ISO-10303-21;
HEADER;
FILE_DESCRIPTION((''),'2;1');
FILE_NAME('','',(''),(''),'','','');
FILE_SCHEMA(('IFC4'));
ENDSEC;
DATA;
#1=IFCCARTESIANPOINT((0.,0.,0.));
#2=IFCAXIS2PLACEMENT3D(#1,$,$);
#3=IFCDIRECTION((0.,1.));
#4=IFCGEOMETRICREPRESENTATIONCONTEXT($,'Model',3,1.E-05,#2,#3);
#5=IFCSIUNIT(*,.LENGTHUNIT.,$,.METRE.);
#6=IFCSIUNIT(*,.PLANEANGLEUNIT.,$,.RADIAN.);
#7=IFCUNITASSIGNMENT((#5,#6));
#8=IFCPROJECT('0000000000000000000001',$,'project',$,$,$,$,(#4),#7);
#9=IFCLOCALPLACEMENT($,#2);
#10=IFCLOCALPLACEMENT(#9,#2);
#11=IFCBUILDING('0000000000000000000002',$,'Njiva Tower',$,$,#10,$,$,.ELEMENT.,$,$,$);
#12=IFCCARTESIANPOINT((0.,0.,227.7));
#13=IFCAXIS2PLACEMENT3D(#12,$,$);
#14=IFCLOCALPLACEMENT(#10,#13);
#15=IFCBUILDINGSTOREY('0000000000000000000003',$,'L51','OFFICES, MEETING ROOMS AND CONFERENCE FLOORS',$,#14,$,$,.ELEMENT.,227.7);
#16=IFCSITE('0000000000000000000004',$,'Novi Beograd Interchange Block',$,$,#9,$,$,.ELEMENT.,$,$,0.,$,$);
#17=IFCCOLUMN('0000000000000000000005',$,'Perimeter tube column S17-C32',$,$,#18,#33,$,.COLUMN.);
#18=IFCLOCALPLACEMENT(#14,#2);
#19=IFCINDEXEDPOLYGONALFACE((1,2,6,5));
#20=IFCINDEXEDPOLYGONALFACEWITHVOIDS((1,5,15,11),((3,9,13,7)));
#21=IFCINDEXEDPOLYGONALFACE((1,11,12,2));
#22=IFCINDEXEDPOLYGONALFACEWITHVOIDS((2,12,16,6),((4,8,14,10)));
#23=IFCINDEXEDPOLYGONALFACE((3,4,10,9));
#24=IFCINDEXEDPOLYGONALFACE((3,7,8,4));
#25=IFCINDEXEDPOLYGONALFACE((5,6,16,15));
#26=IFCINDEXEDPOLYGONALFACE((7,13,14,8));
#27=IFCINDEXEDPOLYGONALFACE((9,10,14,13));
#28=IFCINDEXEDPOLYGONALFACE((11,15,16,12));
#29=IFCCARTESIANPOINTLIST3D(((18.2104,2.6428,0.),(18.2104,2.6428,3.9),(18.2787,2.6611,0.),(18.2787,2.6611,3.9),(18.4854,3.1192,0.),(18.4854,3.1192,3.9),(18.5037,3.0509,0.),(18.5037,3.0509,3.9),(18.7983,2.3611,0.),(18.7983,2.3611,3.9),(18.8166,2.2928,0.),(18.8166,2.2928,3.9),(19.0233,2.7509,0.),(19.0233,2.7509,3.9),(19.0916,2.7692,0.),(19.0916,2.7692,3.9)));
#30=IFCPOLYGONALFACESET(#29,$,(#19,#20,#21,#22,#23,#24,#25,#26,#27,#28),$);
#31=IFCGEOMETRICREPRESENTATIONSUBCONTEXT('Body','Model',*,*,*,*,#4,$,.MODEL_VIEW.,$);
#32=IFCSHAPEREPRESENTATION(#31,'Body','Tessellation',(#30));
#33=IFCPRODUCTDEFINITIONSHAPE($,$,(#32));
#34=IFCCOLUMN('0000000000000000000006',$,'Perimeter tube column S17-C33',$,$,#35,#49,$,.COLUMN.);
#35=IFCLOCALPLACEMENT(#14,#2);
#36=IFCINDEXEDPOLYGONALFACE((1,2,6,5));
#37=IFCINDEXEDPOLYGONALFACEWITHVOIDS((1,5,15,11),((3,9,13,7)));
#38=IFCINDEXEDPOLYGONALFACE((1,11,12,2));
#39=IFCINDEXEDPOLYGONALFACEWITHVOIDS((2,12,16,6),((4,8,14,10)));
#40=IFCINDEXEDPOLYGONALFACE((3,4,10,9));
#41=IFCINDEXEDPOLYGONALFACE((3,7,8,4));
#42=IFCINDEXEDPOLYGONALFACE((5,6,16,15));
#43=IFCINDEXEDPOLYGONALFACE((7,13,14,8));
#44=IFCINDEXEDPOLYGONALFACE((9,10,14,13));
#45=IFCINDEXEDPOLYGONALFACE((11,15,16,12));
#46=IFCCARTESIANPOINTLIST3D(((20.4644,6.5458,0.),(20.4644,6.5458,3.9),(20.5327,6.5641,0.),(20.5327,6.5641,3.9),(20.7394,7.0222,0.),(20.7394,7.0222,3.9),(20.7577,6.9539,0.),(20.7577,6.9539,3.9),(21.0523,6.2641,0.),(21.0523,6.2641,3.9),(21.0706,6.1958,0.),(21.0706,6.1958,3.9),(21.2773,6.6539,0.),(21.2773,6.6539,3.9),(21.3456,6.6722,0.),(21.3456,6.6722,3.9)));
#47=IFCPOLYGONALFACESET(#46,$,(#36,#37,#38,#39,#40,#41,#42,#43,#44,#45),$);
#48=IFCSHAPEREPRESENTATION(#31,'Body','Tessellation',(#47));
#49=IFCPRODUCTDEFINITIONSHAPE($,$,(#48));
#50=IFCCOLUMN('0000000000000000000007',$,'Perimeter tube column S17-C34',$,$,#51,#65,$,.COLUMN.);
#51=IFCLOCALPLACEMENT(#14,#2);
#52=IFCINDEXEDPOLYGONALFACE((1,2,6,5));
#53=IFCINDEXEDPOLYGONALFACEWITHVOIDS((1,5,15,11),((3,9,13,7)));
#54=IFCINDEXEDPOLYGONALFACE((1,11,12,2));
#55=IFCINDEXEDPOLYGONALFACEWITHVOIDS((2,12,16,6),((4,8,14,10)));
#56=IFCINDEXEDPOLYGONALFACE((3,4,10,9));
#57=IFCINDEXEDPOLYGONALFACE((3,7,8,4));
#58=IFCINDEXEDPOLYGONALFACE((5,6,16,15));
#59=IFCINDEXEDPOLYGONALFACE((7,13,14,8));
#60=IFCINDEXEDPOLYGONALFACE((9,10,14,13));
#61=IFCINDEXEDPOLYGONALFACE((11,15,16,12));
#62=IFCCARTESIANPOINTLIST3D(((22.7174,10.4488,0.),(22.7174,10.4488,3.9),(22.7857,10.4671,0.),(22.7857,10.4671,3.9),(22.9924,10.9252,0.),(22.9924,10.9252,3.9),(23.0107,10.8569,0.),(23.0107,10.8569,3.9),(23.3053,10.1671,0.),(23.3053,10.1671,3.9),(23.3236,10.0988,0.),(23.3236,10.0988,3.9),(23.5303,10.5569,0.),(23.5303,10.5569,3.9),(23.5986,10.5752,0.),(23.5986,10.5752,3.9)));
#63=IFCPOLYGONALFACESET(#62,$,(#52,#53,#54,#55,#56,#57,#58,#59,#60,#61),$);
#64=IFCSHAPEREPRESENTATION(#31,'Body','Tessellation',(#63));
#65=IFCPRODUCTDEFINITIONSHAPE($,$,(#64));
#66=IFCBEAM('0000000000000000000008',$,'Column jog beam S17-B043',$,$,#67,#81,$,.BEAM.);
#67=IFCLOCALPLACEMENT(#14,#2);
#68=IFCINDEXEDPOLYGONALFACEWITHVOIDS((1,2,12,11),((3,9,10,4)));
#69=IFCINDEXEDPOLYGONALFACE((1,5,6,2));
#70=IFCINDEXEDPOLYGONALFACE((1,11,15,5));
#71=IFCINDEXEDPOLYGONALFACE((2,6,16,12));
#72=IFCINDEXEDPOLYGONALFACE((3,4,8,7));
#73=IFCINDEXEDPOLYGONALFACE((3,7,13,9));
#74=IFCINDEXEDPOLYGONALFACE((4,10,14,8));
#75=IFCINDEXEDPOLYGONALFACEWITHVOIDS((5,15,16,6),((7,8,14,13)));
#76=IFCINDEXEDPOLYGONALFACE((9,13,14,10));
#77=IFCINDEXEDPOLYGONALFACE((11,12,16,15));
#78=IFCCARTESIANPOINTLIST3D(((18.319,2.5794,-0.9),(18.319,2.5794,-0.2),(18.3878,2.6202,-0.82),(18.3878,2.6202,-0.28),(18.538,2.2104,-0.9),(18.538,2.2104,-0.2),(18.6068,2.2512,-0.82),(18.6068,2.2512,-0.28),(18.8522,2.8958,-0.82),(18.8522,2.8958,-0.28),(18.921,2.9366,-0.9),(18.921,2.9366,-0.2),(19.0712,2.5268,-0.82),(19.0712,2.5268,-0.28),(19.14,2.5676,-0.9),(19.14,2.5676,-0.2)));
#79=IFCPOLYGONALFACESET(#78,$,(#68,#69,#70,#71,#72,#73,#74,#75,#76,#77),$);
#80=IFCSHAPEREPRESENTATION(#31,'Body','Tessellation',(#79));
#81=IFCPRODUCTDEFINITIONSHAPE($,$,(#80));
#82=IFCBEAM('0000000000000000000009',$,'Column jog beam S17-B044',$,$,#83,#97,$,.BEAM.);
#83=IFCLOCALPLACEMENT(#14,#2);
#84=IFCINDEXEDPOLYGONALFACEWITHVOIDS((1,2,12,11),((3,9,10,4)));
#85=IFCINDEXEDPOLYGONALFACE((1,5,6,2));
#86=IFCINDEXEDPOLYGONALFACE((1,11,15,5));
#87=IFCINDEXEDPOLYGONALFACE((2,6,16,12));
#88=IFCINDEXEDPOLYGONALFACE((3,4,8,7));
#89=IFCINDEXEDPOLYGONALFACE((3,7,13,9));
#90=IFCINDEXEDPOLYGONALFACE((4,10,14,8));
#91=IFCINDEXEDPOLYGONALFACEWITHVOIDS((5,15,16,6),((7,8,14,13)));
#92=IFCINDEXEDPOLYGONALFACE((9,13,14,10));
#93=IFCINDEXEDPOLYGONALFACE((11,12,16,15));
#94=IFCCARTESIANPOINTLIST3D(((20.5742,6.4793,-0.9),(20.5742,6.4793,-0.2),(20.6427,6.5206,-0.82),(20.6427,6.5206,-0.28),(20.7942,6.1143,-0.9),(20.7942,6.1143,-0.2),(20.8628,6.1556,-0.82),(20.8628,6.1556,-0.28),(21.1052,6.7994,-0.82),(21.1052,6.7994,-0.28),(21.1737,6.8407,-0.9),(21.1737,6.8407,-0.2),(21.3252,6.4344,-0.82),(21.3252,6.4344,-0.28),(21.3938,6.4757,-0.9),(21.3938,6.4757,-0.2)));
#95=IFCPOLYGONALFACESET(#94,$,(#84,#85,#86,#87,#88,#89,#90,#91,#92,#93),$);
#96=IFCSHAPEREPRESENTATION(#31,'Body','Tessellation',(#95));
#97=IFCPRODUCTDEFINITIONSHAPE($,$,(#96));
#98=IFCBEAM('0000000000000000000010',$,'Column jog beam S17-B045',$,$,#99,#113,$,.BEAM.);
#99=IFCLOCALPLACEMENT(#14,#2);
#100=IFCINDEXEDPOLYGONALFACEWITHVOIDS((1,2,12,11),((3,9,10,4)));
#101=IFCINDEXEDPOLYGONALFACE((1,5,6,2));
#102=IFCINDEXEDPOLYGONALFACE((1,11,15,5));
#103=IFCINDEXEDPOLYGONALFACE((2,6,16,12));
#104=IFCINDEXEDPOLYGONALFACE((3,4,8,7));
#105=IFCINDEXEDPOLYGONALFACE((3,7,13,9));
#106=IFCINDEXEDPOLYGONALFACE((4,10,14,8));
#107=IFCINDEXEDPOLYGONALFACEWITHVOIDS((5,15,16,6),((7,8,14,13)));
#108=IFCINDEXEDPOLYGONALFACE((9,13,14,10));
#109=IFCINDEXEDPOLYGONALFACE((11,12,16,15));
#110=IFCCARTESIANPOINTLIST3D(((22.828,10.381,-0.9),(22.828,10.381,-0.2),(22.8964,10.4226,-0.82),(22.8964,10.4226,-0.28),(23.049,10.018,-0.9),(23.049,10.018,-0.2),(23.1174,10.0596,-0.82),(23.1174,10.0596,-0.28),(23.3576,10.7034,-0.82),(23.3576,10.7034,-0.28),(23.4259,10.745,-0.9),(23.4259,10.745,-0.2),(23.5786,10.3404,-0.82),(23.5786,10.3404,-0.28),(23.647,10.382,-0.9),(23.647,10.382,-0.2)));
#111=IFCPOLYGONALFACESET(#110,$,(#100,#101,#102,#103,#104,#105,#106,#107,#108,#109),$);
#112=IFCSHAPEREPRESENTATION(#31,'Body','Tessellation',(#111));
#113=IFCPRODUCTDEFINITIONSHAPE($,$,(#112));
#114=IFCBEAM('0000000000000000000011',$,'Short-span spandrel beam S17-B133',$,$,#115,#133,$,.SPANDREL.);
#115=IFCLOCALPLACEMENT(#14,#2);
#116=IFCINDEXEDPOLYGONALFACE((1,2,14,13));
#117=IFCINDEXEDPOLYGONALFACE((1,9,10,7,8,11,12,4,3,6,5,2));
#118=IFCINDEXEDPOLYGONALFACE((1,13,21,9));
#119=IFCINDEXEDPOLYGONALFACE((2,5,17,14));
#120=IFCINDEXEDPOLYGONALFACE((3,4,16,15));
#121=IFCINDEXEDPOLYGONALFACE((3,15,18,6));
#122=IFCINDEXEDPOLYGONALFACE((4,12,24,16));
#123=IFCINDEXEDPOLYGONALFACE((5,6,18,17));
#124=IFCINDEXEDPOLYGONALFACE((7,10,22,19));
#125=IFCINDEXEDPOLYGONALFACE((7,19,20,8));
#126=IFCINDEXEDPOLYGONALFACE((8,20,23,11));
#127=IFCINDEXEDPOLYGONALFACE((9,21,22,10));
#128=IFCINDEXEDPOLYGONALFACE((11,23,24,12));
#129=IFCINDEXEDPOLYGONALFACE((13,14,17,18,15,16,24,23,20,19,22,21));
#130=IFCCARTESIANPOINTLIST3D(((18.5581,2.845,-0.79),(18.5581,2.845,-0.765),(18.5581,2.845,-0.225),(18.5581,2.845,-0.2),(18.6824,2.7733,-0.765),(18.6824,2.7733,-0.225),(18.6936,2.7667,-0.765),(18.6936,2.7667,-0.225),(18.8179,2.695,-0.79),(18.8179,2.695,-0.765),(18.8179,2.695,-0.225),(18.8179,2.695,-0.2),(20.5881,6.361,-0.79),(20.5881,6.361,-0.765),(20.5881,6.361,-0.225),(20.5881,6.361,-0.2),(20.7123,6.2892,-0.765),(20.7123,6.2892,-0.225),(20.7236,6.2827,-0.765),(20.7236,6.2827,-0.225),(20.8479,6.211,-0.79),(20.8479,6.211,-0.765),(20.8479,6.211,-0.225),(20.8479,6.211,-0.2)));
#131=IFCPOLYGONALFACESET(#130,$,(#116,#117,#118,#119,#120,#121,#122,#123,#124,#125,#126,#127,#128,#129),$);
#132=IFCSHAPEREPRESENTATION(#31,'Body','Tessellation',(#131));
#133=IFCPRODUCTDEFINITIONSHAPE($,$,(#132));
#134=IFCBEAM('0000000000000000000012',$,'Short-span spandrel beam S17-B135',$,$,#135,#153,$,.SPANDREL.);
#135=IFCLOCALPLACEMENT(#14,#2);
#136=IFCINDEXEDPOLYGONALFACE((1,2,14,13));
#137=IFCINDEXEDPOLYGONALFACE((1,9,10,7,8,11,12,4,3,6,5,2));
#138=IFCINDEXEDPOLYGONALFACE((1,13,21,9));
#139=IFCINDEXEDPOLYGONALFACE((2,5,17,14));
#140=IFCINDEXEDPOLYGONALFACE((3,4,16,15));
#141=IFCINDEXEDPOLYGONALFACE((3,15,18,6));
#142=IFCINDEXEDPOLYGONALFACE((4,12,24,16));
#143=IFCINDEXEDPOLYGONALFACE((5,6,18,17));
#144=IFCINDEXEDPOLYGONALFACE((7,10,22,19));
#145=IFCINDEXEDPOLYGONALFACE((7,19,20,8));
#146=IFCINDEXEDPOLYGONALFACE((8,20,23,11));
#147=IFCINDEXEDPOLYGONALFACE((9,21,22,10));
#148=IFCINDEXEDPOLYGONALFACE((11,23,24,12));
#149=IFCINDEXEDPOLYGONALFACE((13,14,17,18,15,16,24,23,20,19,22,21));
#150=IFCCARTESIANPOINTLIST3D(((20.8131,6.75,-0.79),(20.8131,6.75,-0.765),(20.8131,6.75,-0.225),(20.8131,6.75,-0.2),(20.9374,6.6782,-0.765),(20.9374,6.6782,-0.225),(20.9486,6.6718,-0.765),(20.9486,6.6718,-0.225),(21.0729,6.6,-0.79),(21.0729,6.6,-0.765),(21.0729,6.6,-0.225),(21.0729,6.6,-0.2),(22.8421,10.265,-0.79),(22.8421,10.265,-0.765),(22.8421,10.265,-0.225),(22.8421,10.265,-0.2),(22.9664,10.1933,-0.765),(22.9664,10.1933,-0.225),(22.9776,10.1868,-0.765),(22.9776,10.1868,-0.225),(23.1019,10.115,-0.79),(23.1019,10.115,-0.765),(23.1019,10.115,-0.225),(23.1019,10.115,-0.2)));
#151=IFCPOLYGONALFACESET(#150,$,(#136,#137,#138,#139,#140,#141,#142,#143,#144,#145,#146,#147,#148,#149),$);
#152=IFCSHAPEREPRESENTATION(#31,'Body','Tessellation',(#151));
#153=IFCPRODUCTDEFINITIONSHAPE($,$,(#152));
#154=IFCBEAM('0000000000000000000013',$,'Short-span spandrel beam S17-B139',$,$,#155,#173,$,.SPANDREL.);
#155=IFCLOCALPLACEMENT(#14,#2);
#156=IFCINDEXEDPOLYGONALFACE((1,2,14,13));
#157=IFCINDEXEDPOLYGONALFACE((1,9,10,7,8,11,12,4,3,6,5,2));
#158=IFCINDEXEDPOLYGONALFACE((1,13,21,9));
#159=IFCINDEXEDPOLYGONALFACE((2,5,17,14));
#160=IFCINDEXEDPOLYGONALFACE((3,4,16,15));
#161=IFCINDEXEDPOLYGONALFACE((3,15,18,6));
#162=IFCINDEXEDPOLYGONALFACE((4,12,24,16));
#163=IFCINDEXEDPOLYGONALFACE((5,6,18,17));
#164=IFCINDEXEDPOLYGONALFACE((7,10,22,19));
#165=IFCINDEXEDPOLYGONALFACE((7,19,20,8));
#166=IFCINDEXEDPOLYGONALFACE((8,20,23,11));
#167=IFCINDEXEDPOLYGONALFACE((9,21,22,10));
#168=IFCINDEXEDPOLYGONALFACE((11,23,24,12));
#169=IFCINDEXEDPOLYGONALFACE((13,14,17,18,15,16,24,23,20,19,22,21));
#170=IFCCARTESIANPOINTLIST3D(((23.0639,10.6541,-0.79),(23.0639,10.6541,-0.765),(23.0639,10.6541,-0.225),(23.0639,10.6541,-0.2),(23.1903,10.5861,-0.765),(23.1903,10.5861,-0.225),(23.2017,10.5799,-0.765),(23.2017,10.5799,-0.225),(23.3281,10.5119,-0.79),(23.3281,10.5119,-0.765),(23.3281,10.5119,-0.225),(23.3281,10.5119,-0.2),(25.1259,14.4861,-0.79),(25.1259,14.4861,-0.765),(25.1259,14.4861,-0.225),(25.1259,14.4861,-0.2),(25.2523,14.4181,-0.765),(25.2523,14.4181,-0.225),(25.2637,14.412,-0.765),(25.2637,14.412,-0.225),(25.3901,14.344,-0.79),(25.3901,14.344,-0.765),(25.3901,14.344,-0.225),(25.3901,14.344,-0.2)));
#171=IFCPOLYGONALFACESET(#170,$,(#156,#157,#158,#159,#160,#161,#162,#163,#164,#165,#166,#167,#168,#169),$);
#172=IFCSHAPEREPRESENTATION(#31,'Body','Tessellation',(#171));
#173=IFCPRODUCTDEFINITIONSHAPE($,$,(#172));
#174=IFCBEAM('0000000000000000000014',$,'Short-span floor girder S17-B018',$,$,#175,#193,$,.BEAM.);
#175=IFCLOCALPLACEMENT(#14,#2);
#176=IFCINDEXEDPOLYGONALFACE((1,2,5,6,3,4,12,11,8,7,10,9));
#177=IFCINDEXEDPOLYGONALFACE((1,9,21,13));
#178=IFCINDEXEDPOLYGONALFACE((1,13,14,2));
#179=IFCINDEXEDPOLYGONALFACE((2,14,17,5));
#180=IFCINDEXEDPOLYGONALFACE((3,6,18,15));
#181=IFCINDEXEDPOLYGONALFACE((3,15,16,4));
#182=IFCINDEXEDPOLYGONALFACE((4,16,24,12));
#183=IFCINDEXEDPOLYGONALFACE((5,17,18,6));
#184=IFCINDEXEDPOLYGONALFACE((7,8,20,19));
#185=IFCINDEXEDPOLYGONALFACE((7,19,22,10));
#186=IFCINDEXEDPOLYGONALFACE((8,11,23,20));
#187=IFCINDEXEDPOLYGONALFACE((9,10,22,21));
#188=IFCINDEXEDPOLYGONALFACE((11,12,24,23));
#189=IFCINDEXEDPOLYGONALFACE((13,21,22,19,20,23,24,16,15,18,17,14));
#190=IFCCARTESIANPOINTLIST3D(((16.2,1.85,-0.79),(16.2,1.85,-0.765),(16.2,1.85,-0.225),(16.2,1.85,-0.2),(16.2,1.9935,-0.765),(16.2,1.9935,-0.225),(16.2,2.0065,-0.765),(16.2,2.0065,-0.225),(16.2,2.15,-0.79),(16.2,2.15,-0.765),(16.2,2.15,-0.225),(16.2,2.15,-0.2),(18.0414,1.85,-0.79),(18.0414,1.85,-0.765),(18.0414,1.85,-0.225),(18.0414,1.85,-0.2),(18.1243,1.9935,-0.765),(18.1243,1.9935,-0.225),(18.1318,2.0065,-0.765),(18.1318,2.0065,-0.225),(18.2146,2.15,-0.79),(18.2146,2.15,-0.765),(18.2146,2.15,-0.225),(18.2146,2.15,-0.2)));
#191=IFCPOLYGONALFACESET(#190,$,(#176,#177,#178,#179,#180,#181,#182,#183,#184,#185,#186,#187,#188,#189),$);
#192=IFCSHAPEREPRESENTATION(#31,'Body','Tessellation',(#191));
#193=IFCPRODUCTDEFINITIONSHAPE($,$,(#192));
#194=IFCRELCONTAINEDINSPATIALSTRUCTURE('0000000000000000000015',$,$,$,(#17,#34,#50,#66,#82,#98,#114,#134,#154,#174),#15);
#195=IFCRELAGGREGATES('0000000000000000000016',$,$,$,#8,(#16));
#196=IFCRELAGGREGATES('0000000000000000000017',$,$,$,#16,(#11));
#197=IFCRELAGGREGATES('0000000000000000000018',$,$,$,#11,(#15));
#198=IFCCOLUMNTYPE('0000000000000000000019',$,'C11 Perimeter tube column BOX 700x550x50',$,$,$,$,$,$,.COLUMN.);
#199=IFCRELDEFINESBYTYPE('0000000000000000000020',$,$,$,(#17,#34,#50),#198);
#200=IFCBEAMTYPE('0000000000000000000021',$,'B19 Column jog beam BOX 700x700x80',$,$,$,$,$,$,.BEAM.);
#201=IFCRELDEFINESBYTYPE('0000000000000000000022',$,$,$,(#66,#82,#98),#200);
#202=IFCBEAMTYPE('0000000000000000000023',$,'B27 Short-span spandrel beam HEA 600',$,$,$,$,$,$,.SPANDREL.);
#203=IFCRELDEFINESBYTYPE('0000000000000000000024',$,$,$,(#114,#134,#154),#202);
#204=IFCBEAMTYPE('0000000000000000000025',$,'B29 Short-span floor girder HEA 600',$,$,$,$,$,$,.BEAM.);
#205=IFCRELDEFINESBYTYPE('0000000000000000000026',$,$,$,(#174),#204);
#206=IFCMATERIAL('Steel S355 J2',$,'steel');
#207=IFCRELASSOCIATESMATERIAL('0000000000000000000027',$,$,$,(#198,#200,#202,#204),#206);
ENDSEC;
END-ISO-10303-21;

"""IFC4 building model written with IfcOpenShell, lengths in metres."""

from ifc_helpers import new_model, si_unit, direction, frame, origin, origin_2d, place, context, subcontext, project, spatial, hollow_rectangle, i_section, extrude, clip, halfspace, material, material_profile, profile_set, type_object, element, save


model = new_model("IFC4")

# Units and contexts
model_context = context("Model", 3, precision=1e-05, world=origin(), true_north=direction((0.0, 1.0)))
body_context = subcontext(model_context, "Body", "Model", "MODEL_VIEW")
ifc_project = project(units=[si_unit("LENGTHUNIT", "METRE"), si_unit("PLANEANGLEUNIT", "RADIAN")], contexts=[model_context])

# Site, building, storey
site_placement = place(None, origin())
site = spatial("IfcSite", under=ifc_project, at=site_placement, Name="Novi Beograd Interchange Block", CompositionType="ELEMENT", RefElevation=0.0)
building_placement = place(site_placement, origin())
building = spatial("IfcBuilding", under=site, at=building_placement, Name="Njiva Tower", CompositionType="ELEMENT")
storey_placement = place(building_placement, frame((0.0, 0.0, 227.7)))
storey = spatial("IfcBuildingStorey", under=building, at=storey_placement, Name="L51", Description="OFFICES, MEETING ROOMS AND CONFERENCE FLOORS", CompositionType="ELEMENT", Elevation=227.7)

# Columns
ifc_material_1 = material(Name="Steel S355 J2", Category="steel")
ifc_material_profile_1 = material_profile(ifc_material_1, hollow_rectangle(XDim=0.55, YDim=0.7, WallThickness=0.05, at=origin_2d()), Name="BOX 700x550x50")
ifc_profile_set_1 = profile_set([ifc_material_profile_1], Name="Steel S355 J2")
column_type = type_object("IfcColumnType", Name="C11 Perimeter tube column BOX 700x550x50", PredefinedType="COLUMN", material=ifc_profile_set_1)
for number, where, z_axis, x_axis, name in (
    (1, (18.651, 2.706, 0.0), (0.0, 0.0, 1.0), (0.5, 0.866025, 0.0), "Perimeter tube column S17-C32"),
    (2, (20.905, 6.609, 0.0), (0.0, 0.0, 1.0), (0.5, 0.866025, 0.0), "Perimeter tube column S17-C33"),
    (3, (23.158, 10.512, 0.0), (0.0, 0.0, 1.0), (0.5, 0.866025, 0.0), "Perimeter tube column S17-C34"),
):
    element("IfcColumn", number, at=place(storey_placement, frame(where, z_axis=z_axis, x_axis=x_axis)), inside=storey, type_object=column_type, Name=name, PredefinedType="COLUMN", context=body_context, shape_type="SweptSolid", body=[
        extrude(hollow_rectangle(XDim=0.55, YDim=0.7, WallThickness=0.05, at=origin_2d()), origin(), (0.0, 0.0, 1.0), 3.9),
    ])

# Beams
ifc_material_profile_2 = material_profile(ifc_material_1, hollow_rectangle(XDim=0.7, YDim=0.7, WallThickness=0.08, at=origin_2d()), Name="BOX 700x700x80")
ifc_profile_set_2 = profile_set([ifc_material_profile_2], Name="Steel S355 J2")
beam_type_1 = type_object("IfcBeamType", Name="B19 Column jog beam BOX 700x700x80", PredefinedType="BEAM", material=ifc_profile_set_2)
beam_1_placement = place(storey_placement, frame((18.839, 2.389, -0.55), z_axis=(-0.510377, 0.859951, 0.0), x_axis=(-0.859951, -0.510377, 0.0)))
element("IfcBeam", 4, at=beam_1_placement, inside=storey, type_object=beam_type_1, Name="Column jog beam S17-B043", PredefinedType="BEAM", context=body_context, shape_type="SweptSolid", body=[
    extrude(hollow_rectangle(XDim=0.7, YDim=0.7, WallThickness=0.08, at=origin_2d()), origin(), (0.0, 0.0, 1.0), 0.4291),
])
beam_2_placement = place(storey_placement, frame((21.094, 6.295, -0.55), z_axis=(-0.51622, 0.856456, 0.0), x_axis=(-0.856456, -0.51622, 0.0)))
element("IfcBeam", 5, at=beam_2_placement, inside=storey, type_object=beam_type_1, Name="Column jog beam S17-B044", PredefinedType="BEAM", context=body_context, shape_type="SweptSolid", body=[
    extrude(hollow_rectangle(XDim=0.7, YDim=0.7, WallThickness=0.08, at=origin_2d()), origin(), (0.0, 0.0, 1.0), 0.4262),
])
beam_3_placement = place(storey_placement, frame((23.348, 10.2, -0.55), z_axis=(-0.520022, 0.854153, 0.0), x_axis=(-0.854153, -0.520022, 0.0)))
element("IfcBeam", 6, at=beam_3_placement, inside=storey, type_object=beam_type_1, Name="Column jog beam S17-B045", PredefinedType="BEAM", context=body_context, shape_type="SweptSolid", body=[
    extrude(hollow_rectangle(XDim=0.7, YDim=0.7, WallThickness=0.08, at=origin_2d()), origin(), (0.0, 0.0, 1.0), 0.425),
])
ifc_material_profile_3 = material_profile(ifc_material_1, i_section(OverallWidth=0.3, OverallDepth=0.59, WebThickness=0.013, FlangeThickness=0.025, at=origin_2d()), Name="HEA 600")
ifc_profile_set_3 = profile_set([ifc_material_profile_3], Name="Steel S355 J2")
beam_type_2 = type_object("IfcBeamType", Name="B27 Short-span spandrel beam HEA 600", PredefinedType="SPANDREL", material=ifc_profile_set_3)
beam_4_placement = place(storey_placement, frame((18.688, 2.77, -0.495), z_axis=(0.500007, 0.866022, 0.0), x_axis=(-0.866022, 0.500007, 0.0)))
element("IfcBeam", 7, at=beam_4_placement, inside=storey, type_object=beam_type_2, Name="Short-span spandrel beam S17-B133", PredefinedType="SPANDREL", context=body_context, shape_type="SweptSolid", body=[
    extrude(i_section(OverallWidth=0.3, OverallDepth=0.59, WebThickness=0.013, FlangeThickness=0.025, at=origin_2d()), origin(), (0.0, 0.0, 1.0), 4.0599),
])
beam_5_placement = place(storey_placement, frame((20.943, 6.675, -0.495), z_axis=(0.499929, 0.866067, 0.0), x_axis=(-0.866067, 0.499929, 0.0)))
element("IfcBeam", 8, at=beam_5_placement, inside=storey, type_object=beam_type_2, Name="Short-span spandrel beam S17-B135", PredefinedType="SPANDREL", context=body_context, shape_type="SweptSolid", body=[
    extrude(i_section(OverallWidth=0.3, OverallDepth=0.59, WebThickness=0.013, FlangeThickness=0.025, at=origin_2d()), origin(), (0.0, 0.0, 1.0), 4.0586),
])
beam_6_placement = place(storey_placement, frame((23.196, 10.583, -0.495), z_axis=(0.473853, 0.880604, 0.0), x_axis=(-0.880604, 0.473853, 0.0)))
element("IfcBeam", 9, at=beam_6_placement, inside=storey, type_object=beam_type_2, Name="Short-span spandrel beam S17-B139", PredefinedType="SPANDREL", context=body_context, shape_type="SweptSolid", body=[
    extrude(i_section(OverallWidth=0.3, OverallDepth=0.59, WebThickness=0.013, FlangeThickness=0.025, at=origin_2d()), origin(), (0.0, 0.0, 1.0), 4.3516),
])
ifc_material_profile_4 = material_profile(ifc_material_1, i_section(OverallWidth=0.3, OverallDepth=0.59, WebThickness=0.013, FlangeThickness=0.025, at=origin_2d()), Name="HEA 600")
ifc_profile_set_4 = profile_set([ifc_material_profile_4], Name="Steel S355 J2")
beam_type_3 = type_object("IfcBeamType", Name="B29 Short-span floor girder HEA 600", PredefinedType="BEAM", material=ifc_profile_set_4)
beam_7_placement = place(storey_placement, frame((16.2, 2.0, -0.495), z_axis=(1.0, 0.0, 0.0), x_axis=(0.0, 1.0, 0.0)))
element("IfcBeam", 10, at=beam_7_placement, inside=storey, type_object=beam_type_3, Name="Short-span floor girder S17-B018", PredefinedType="BEAM", context=body_context, shape_type="Clipping", body=[
    clip(extrude(i_section(OverallWidth=0.3, OverallDepth=0.59, WebThickness=0.013, FlangeThickness=0.025, at=origin_2d()), origin(), (0.0, 0.0, 1.0), 2.035), halfspace(frame((-0.025, 0.0, 1.9136), z_axis=(-0.499998, 0.0, 0.866027), x_axis=(0.0, 1.0, 0.0)), False)),
])

save(model, "model.ifc")
